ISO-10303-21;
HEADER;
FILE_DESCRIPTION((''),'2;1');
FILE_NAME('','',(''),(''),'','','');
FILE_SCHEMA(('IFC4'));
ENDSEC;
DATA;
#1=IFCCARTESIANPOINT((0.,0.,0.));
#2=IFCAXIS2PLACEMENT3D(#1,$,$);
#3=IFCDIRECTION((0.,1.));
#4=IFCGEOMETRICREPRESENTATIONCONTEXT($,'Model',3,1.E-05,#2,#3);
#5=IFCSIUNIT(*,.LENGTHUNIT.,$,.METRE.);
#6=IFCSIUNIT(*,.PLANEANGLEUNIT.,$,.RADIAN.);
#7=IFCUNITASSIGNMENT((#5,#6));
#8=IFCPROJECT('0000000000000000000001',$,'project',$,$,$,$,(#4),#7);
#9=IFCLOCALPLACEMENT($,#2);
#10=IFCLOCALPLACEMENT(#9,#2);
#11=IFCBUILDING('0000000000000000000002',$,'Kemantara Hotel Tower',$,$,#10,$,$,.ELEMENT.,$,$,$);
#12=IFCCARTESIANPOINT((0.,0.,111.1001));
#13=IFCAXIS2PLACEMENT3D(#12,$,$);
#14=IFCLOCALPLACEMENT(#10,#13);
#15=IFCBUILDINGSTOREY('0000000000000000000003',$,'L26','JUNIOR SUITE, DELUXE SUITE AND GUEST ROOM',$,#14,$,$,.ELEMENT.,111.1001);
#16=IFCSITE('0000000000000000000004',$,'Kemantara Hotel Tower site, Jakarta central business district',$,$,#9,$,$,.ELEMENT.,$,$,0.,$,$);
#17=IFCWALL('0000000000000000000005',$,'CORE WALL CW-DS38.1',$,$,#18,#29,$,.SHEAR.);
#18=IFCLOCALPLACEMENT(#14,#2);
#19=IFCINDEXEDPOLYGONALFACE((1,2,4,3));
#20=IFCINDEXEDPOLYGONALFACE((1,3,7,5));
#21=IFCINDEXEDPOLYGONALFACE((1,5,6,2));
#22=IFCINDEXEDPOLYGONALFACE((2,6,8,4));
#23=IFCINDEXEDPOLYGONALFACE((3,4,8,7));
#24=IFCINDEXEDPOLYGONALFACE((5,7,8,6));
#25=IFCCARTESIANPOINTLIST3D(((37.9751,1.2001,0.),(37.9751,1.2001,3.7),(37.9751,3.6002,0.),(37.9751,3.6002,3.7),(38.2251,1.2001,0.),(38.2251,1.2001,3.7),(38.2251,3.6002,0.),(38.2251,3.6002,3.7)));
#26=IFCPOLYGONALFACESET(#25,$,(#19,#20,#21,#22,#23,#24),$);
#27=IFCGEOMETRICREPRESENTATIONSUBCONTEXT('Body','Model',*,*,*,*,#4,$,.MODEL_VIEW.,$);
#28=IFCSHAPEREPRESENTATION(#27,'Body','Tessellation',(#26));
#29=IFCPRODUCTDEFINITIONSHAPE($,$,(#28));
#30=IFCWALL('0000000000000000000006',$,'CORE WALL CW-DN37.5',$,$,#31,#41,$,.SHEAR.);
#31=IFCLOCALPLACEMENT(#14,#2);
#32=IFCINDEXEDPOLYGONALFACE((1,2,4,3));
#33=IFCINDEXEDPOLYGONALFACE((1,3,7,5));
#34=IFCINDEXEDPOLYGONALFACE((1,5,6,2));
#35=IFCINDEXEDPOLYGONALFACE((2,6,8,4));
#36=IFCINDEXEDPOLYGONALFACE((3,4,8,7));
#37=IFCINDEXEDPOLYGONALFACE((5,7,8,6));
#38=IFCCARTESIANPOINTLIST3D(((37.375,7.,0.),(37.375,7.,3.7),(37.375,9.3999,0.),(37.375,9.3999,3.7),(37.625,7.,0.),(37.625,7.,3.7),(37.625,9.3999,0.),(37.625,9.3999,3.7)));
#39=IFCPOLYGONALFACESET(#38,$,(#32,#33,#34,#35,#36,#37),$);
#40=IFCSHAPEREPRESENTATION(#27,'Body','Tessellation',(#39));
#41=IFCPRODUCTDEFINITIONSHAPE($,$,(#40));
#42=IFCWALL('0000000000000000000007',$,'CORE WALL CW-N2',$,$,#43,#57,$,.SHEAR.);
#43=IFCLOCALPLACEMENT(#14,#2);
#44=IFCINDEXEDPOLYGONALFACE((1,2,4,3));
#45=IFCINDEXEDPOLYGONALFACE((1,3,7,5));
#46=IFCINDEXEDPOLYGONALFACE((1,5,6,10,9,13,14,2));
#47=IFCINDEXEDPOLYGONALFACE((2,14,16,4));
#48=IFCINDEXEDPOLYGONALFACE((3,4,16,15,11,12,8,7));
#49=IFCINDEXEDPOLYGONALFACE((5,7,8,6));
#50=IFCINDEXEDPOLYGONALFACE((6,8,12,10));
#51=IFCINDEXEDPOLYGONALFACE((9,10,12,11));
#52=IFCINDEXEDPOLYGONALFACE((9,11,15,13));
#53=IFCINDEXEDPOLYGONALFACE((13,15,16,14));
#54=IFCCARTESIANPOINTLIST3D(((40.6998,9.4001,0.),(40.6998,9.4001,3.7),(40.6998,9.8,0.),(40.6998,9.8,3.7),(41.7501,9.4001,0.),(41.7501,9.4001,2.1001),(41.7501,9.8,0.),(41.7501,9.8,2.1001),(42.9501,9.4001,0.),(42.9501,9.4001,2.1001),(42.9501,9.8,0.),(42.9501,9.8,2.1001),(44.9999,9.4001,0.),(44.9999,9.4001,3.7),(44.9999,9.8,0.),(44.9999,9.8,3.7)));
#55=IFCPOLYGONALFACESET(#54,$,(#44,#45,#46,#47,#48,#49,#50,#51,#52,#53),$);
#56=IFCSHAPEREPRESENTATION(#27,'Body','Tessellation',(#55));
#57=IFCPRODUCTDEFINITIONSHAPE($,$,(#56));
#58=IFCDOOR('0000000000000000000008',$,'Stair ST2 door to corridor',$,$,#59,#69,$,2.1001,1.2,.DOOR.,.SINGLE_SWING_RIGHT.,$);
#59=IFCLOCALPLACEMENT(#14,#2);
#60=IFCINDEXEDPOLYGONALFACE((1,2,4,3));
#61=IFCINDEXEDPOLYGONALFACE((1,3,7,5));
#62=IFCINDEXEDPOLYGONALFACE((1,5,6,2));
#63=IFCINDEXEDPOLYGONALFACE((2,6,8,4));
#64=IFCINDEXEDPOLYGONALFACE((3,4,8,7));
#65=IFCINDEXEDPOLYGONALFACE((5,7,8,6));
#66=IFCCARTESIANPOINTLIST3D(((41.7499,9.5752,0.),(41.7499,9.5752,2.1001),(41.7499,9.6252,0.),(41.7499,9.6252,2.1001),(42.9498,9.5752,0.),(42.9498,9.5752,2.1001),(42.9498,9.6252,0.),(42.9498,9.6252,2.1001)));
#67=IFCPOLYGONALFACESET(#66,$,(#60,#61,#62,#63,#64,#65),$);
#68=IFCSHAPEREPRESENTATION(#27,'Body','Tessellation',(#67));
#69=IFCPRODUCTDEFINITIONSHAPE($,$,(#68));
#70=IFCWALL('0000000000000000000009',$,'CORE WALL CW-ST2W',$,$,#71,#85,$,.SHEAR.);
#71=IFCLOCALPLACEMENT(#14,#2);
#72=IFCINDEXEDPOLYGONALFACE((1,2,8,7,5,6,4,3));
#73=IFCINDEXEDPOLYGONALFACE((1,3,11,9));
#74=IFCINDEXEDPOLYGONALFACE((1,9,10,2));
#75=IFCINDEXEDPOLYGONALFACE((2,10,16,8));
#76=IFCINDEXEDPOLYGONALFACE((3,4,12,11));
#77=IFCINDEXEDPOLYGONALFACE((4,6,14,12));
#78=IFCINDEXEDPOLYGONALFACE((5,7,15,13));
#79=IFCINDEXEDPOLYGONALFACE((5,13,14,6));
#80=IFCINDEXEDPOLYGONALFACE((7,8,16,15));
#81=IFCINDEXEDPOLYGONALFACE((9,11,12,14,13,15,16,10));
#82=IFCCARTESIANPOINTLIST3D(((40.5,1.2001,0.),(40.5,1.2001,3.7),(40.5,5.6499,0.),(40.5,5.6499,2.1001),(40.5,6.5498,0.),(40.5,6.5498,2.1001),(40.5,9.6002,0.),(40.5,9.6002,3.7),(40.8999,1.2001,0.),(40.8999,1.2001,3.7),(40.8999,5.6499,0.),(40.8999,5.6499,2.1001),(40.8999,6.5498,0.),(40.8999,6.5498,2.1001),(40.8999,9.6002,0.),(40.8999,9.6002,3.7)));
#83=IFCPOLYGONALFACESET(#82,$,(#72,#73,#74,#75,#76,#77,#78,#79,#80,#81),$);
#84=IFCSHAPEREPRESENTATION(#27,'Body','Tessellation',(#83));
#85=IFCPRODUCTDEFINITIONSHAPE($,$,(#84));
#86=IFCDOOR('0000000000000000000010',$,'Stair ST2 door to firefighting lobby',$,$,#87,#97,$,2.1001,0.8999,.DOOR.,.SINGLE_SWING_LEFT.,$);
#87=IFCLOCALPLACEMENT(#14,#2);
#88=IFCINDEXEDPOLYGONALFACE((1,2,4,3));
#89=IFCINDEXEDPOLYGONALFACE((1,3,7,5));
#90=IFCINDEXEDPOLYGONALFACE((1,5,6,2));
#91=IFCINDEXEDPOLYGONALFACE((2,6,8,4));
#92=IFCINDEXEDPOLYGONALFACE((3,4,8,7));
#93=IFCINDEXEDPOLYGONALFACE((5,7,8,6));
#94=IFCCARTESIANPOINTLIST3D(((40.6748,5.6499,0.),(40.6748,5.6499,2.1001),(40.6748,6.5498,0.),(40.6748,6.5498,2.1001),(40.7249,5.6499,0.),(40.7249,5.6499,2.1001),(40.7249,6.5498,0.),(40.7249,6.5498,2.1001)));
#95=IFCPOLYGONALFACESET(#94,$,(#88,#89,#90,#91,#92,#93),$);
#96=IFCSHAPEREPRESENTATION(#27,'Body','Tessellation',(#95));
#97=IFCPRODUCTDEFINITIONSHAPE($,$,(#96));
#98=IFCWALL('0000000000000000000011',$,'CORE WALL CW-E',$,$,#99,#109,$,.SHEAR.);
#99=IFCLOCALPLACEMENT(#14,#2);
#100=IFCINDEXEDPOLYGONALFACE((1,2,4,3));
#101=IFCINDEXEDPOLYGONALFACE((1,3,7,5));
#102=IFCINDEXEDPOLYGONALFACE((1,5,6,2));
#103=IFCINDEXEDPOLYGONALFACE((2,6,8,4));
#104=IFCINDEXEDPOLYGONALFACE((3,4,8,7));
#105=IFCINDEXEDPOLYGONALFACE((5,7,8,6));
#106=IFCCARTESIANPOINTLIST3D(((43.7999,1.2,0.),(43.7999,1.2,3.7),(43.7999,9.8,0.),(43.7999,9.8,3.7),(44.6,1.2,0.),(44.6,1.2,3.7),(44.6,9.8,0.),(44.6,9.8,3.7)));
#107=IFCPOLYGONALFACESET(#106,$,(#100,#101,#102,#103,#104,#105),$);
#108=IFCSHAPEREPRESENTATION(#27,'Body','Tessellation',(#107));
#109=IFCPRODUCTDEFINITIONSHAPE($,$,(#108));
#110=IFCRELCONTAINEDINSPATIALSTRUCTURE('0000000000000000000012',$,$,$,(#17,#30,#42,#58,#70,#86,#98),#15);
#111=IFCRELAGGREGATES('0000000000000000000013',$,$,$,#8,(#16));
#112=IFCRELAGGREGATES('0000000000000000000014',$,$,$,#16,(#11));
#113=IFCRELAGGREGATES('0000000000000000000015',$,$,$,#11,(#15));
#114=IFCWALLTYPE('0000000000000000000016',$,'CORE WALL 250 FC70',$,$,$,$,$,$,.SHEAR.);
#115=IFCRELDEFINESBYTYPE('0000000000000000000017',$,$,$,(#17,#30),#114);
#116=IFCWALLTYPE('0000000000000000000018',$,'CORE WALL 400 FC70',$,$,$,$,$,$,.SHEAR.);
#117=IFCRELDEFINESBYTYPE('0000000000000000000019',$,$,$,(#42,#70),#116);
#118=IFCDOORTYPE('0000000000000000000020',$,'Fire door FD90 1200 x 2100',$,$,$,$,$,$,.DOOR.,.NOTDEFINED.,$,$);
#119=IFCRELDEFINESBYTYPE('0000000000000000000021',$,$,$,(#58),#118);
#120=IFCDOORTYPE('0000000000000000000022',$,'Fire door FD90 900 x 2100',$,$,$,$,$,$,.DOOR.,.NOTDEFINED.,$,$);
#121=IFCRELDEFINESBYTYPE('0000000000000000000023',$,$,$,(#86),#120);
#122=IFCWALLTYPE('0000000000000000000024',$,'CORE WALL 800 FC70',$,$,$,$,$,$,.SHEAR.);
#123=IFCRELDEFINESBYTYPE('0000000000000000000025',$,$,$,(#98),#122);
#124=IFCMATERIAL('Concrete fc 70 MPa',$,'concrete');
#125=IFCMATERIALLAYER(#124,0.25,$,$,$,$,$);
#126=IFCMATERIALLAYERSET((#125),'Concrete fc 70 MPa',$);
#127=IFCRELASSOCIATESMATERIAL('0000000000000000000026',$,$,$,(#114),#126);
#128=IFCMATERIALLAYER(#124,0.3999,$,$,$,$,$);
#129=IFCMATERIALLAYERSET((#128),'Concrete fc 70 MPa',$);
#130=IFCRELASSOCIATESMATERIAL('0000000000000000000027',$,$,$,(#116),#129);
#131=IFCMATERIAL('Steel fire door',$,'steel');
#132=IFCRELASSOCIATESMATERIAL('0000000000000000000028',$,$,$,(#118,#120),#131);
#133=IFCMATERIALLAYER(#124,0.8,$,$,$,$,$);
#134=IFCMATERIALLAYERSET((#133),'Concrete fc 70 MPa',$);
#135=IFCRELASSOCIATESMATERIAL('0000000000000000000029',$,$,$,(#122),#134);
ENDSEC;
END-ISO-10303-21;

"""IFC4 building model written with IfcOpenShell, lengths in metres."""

from ifc_helpers import new_model, si_unit, direction, frame, frame_2d, origin, place, context, subcontext, project, spatial, rectangle, extrude, material, layer, layer_set, type_object, element, fill, save


model = new_model("IFC4")

# Units and contexts
model_context = context("Model", 3, precision=1e-05, world=origin(), true_north=direction((0.0, 1.0)))
body_context = subcontext(model_context, "Body", "Model", "MODEL_VIEW")
ifc_project = project(units=[si_unit("LENGTHUNIT", "METRE"), si_unit("PLANEANGLEUNIT", "RADIAN")], contexts=[model_context])

# Site, building, storey
site_placement = place(None, origin())
site = spatial("IfcSite", under=ifc_project, at=site_placement, Name="Kemantara Hotel Tower site, Jakarta central business district", CompositionType="ELEMENT", RefElevation=0.0)
building_placement = place(site_placement, origin())
building = spatial("IfcBuilding", under=site, at=building_placement, Name="Kemantara Hotel Tower", CompositionType="ELEMENT")
storey_placement = place(building_placement, frame((0.0, 0.0, 111.1001)))
storey = spatial("IfcBuildingStorey", under=building, at=storey_placement, Name="L26", Description="JUNIOR SUITE, DELUXE SUITE AND GUEST ROOM", CompositionType="ELEMENT", Elevation=111.1001)

# Walls
ifc_material_1 = material(Name="Concrete fc 70 MPa", Category="concrete")
ifc_layer_1 = layer(ifc_material_1, 0.25)
ifc_layer_set_1 = layer_set([ifc_layer_1], Name="Concrete fc 70 MPa")
wall_type_1 = type_object("IfcWallType", Name="CORE WALL 250 FC70", PredefinedType="SHEAR", material=ifc_layer_set_1)
wall_1_placement = place(storey_placement, frame((38.1001, 1.2, 0.0), z_axis=(0.0, 0.0, 1.0), x_axis=(0.0, 1.0, 0.0)))
element("IfcWall", 1, at=wall_1_placement, inside=storey, type_object=wall_type_1, Name="CORE WALL CW-DS38.1", PredefinedType="SHEAR", context=body_context, shape_type="SweptSolid", body=[
    extrude(rectangle(XDim=2.4001, YDim=0.25, at=frame_2d((1.2002, 0.0))), origin(), (0.0, 0.0, 1.0), 3.7),
])
wall_2_placement = place(storey_placement, frame((37.5, 7.0, 0.0), z_axis=(0.0, 0.0, 1.0), x_axis=(0.0, 1.0, 0.0)))
element("IfcWall", 2, at=wall_2_placement, inside=storey, type_object=wall_type_1, Name="CORE WALL CW-DN37.5", PredefinedType="SHEAR", context=body_context, shape_type="SweptSolid", body=[
    extrude(rectangle(XDim=2.3999, YDim=0.25, at=frame_2d((1.2, 0.0))), origin(), (0.0, 0.0, 1.0), 3.7),
])

# Walls, openings, doors
ifc_layer_2 = layer(ifc_material_1, 0.3999)
ifc_layer_set_2 = layer_set([ifc_layer_2], Name="Concrete fc 70 MPa")
wall_type_2 = type_object("IfcWallType", Name="CORE WALL 400 FC70", PredefinedType="SHEAR", material=ifc_layer_set_2)
wall_3_placement = place(storey_placement, frame((40.7, 9.6001, 0.0), z_axis=(0.0, 0.0, 1.0), x_axis=(1.0, 0.0, 0.0)))
wall_3 = element("IfcWall", 3, at=wall_3_placement, inside=storey, type_object=wall_type_2, Name="CORE WALL CW-N2", PredefinedType="SHEAR", context=body_context, shape_type="SweptSolid", body=[
    extrude(rectangle(XDim=4.3, YDim=0.3999, at=frame_2d((2.1499, 0.0))), origin(), (0.0, 0.0, 1.0), 3.7),
])
opening_1_placement = place(wall_3_placement, frame((1.05, 0.0, 0.0)))
opening_1 = element("IfcOpeningElement", 4, at=opening_1_placement, cuts=wall_3, PredefinedType="OPENING", context=body_context, shape_type="SweptSolid", body=[
    extrude(rectangle(XDim=1.2, YDim=2.1001, at=frame_2d((0.6001, 1.05))), frame((0.0, 0.21, 0.0), z_axis=(0.0, -1.0, 0.0), x_axis=(1.0, 0.0, 0.0)), (0.0, 0.0, 1.0), 0.4199),
])
ifc_material_2 = material(Name="Steel fire door", Category="steel")
door_type_1 = type_object("IfcDoorType", Name="Fire door FD90 1200 x 2100", OperationType="NOTDEFINED", PredefinedType="DOOR", material=ifc_material_2)
door_1_placement = place(opening_1_placement, frame((1.2, 0.0, 0.0), z_axis=(0.0, 0.0, 1.0), x_axis=(-1.0, 0.0, 0.0)))
door_1 = element("IfcDoor", 5, at=door_1_placement, inside=storey, type_object=door_type_1, Name="Stair ST2 door to corridor", OperationType="SINGLE_SWING_RIGHT", OverallHeight=2.1001, OverallWidth=1.2, PredefinedType="DOOR", context=body_context, shape_type="SweptSolid", body=[
    extrude(rectangle(XDim=1.2, YDim=2.1001, at=frame_2d((0.6001, 1.05))), frame((0.0, 0.0249, 0.0), z_axis=(0.0, -1.0, 0.0), x_axis=(1.0, 0.0, 0.0)), (0.0, 0.0, 1.0), 0.05),
])
fill(opening_1, door_1)
wall_4_placement = place(storey_placement, frame((40.7, 1.2, 0.0), z_axis=(0.0, 0.0, 1.0), x_axis=(0.0, 1.0, 0.0)))
wall_4 = element("IfcWall", 6, at=wall_4_placement, inside=storey, type_object=wall_type_2, Name="CORE WALL CW-ST2W", PredefinedType="SHEAR", context=body_context, shape_type="SweptSolid", body=[
    extrude(rectangle(XDim=8.4001, YDim=0.3999, at=frame_2d((4.2002, 0.0))), origin(), (0.0, 0.0, 1.0), 3.7),
])
opening_2_placement = place(wall_4_placement, frame((4.45, 0.0, 0.0)))
opening_2 = element("IfcOpeningElement", 7, at=opening_2_placement, cuts=wall_4, PredefinedType="OPENING", context=body_context, shape_type="SweptSolid", body=[
    extrude(rectangle(XDim=0.8999, YDim=2.1001, at=frame_2d((0.45, 1.05))), frame((0.0, 0.21, 0.0), z_axis=(0.0, -1.0, 0.0), x_axis=(1.0, 0.0, 0.0)), (0.0, 0.0, 1.0), 0.4199),
])
door_type_2 = type_object("IfcDoorType", Name="Fire door FD90 900 x 2100", OperationType="NOTDEFINED", PredefinedType="DOOR", material=ifc_material_2)
door_2_placement = place(opening_2_placement, frame((0.8999, 0.0, 0.0), z_axis=(0.0, 0.0, 1.0), x_axis=(-1.0, 0.0, 0.0)))
door_2 = element("IfcDoor", 8, at=door_2_placement, inside=storey, type_object=door_type_2, Name="Stair ST2 door to firefighting lobby", OperationType="SINGLE_SWING_LEFT", OverallHeight=2.1001, OverallWidth=0.8999, PredefinedType="DOOR", context=body_context, shape_type="SweptSolid", body=[
    extrude(rectangle(XDim=0.8999, YDim=2.1001, at=frame_2d((0.45, 1.05))), frame((0.0, 0.0249, 0.0), z_axis=(0.0, -1.0, 0.0), x_axis=(1.0, 0.0, 0.0)), (0.0, 0.0, 1.0), 0.05),
])
fill(opening_2, door_2)

# Wall
ifc_layer_3 = layer(ifc_material_1, 0.8)
ifc_layer_set_3 = layer_set([ifc_layer_3], Name="Concrete fc 70 MPa")
wall_type_3 = type_object("IfcWallType", Name="CORE WALL 800 FC70", PredefinedType="SHEAR", material=ifc_layer_set_3)
wall_5_placement = place(storey_placement, frame((44.2, 1.2, 0.0), z_axis=(0.0, 0.0, 1.0), x_axis=(0.0, 1.0, 0.0)))
element("IfcWall", 9, at=wall_5_placement, inside=storey, type_object=wall_type_3, Name="CORE WALL CW-E", PredefinedType="SHEAR", context=body_context, shape_type="SweptSolid", body=[
    extrude(rectangle(XDim=8.6001, YDim=0.8, at=frame_2d((4.3, 0.0))), origin(), (0.0, 0.0, 1.0), 3.7),
])

save(model, "model.ifc")
